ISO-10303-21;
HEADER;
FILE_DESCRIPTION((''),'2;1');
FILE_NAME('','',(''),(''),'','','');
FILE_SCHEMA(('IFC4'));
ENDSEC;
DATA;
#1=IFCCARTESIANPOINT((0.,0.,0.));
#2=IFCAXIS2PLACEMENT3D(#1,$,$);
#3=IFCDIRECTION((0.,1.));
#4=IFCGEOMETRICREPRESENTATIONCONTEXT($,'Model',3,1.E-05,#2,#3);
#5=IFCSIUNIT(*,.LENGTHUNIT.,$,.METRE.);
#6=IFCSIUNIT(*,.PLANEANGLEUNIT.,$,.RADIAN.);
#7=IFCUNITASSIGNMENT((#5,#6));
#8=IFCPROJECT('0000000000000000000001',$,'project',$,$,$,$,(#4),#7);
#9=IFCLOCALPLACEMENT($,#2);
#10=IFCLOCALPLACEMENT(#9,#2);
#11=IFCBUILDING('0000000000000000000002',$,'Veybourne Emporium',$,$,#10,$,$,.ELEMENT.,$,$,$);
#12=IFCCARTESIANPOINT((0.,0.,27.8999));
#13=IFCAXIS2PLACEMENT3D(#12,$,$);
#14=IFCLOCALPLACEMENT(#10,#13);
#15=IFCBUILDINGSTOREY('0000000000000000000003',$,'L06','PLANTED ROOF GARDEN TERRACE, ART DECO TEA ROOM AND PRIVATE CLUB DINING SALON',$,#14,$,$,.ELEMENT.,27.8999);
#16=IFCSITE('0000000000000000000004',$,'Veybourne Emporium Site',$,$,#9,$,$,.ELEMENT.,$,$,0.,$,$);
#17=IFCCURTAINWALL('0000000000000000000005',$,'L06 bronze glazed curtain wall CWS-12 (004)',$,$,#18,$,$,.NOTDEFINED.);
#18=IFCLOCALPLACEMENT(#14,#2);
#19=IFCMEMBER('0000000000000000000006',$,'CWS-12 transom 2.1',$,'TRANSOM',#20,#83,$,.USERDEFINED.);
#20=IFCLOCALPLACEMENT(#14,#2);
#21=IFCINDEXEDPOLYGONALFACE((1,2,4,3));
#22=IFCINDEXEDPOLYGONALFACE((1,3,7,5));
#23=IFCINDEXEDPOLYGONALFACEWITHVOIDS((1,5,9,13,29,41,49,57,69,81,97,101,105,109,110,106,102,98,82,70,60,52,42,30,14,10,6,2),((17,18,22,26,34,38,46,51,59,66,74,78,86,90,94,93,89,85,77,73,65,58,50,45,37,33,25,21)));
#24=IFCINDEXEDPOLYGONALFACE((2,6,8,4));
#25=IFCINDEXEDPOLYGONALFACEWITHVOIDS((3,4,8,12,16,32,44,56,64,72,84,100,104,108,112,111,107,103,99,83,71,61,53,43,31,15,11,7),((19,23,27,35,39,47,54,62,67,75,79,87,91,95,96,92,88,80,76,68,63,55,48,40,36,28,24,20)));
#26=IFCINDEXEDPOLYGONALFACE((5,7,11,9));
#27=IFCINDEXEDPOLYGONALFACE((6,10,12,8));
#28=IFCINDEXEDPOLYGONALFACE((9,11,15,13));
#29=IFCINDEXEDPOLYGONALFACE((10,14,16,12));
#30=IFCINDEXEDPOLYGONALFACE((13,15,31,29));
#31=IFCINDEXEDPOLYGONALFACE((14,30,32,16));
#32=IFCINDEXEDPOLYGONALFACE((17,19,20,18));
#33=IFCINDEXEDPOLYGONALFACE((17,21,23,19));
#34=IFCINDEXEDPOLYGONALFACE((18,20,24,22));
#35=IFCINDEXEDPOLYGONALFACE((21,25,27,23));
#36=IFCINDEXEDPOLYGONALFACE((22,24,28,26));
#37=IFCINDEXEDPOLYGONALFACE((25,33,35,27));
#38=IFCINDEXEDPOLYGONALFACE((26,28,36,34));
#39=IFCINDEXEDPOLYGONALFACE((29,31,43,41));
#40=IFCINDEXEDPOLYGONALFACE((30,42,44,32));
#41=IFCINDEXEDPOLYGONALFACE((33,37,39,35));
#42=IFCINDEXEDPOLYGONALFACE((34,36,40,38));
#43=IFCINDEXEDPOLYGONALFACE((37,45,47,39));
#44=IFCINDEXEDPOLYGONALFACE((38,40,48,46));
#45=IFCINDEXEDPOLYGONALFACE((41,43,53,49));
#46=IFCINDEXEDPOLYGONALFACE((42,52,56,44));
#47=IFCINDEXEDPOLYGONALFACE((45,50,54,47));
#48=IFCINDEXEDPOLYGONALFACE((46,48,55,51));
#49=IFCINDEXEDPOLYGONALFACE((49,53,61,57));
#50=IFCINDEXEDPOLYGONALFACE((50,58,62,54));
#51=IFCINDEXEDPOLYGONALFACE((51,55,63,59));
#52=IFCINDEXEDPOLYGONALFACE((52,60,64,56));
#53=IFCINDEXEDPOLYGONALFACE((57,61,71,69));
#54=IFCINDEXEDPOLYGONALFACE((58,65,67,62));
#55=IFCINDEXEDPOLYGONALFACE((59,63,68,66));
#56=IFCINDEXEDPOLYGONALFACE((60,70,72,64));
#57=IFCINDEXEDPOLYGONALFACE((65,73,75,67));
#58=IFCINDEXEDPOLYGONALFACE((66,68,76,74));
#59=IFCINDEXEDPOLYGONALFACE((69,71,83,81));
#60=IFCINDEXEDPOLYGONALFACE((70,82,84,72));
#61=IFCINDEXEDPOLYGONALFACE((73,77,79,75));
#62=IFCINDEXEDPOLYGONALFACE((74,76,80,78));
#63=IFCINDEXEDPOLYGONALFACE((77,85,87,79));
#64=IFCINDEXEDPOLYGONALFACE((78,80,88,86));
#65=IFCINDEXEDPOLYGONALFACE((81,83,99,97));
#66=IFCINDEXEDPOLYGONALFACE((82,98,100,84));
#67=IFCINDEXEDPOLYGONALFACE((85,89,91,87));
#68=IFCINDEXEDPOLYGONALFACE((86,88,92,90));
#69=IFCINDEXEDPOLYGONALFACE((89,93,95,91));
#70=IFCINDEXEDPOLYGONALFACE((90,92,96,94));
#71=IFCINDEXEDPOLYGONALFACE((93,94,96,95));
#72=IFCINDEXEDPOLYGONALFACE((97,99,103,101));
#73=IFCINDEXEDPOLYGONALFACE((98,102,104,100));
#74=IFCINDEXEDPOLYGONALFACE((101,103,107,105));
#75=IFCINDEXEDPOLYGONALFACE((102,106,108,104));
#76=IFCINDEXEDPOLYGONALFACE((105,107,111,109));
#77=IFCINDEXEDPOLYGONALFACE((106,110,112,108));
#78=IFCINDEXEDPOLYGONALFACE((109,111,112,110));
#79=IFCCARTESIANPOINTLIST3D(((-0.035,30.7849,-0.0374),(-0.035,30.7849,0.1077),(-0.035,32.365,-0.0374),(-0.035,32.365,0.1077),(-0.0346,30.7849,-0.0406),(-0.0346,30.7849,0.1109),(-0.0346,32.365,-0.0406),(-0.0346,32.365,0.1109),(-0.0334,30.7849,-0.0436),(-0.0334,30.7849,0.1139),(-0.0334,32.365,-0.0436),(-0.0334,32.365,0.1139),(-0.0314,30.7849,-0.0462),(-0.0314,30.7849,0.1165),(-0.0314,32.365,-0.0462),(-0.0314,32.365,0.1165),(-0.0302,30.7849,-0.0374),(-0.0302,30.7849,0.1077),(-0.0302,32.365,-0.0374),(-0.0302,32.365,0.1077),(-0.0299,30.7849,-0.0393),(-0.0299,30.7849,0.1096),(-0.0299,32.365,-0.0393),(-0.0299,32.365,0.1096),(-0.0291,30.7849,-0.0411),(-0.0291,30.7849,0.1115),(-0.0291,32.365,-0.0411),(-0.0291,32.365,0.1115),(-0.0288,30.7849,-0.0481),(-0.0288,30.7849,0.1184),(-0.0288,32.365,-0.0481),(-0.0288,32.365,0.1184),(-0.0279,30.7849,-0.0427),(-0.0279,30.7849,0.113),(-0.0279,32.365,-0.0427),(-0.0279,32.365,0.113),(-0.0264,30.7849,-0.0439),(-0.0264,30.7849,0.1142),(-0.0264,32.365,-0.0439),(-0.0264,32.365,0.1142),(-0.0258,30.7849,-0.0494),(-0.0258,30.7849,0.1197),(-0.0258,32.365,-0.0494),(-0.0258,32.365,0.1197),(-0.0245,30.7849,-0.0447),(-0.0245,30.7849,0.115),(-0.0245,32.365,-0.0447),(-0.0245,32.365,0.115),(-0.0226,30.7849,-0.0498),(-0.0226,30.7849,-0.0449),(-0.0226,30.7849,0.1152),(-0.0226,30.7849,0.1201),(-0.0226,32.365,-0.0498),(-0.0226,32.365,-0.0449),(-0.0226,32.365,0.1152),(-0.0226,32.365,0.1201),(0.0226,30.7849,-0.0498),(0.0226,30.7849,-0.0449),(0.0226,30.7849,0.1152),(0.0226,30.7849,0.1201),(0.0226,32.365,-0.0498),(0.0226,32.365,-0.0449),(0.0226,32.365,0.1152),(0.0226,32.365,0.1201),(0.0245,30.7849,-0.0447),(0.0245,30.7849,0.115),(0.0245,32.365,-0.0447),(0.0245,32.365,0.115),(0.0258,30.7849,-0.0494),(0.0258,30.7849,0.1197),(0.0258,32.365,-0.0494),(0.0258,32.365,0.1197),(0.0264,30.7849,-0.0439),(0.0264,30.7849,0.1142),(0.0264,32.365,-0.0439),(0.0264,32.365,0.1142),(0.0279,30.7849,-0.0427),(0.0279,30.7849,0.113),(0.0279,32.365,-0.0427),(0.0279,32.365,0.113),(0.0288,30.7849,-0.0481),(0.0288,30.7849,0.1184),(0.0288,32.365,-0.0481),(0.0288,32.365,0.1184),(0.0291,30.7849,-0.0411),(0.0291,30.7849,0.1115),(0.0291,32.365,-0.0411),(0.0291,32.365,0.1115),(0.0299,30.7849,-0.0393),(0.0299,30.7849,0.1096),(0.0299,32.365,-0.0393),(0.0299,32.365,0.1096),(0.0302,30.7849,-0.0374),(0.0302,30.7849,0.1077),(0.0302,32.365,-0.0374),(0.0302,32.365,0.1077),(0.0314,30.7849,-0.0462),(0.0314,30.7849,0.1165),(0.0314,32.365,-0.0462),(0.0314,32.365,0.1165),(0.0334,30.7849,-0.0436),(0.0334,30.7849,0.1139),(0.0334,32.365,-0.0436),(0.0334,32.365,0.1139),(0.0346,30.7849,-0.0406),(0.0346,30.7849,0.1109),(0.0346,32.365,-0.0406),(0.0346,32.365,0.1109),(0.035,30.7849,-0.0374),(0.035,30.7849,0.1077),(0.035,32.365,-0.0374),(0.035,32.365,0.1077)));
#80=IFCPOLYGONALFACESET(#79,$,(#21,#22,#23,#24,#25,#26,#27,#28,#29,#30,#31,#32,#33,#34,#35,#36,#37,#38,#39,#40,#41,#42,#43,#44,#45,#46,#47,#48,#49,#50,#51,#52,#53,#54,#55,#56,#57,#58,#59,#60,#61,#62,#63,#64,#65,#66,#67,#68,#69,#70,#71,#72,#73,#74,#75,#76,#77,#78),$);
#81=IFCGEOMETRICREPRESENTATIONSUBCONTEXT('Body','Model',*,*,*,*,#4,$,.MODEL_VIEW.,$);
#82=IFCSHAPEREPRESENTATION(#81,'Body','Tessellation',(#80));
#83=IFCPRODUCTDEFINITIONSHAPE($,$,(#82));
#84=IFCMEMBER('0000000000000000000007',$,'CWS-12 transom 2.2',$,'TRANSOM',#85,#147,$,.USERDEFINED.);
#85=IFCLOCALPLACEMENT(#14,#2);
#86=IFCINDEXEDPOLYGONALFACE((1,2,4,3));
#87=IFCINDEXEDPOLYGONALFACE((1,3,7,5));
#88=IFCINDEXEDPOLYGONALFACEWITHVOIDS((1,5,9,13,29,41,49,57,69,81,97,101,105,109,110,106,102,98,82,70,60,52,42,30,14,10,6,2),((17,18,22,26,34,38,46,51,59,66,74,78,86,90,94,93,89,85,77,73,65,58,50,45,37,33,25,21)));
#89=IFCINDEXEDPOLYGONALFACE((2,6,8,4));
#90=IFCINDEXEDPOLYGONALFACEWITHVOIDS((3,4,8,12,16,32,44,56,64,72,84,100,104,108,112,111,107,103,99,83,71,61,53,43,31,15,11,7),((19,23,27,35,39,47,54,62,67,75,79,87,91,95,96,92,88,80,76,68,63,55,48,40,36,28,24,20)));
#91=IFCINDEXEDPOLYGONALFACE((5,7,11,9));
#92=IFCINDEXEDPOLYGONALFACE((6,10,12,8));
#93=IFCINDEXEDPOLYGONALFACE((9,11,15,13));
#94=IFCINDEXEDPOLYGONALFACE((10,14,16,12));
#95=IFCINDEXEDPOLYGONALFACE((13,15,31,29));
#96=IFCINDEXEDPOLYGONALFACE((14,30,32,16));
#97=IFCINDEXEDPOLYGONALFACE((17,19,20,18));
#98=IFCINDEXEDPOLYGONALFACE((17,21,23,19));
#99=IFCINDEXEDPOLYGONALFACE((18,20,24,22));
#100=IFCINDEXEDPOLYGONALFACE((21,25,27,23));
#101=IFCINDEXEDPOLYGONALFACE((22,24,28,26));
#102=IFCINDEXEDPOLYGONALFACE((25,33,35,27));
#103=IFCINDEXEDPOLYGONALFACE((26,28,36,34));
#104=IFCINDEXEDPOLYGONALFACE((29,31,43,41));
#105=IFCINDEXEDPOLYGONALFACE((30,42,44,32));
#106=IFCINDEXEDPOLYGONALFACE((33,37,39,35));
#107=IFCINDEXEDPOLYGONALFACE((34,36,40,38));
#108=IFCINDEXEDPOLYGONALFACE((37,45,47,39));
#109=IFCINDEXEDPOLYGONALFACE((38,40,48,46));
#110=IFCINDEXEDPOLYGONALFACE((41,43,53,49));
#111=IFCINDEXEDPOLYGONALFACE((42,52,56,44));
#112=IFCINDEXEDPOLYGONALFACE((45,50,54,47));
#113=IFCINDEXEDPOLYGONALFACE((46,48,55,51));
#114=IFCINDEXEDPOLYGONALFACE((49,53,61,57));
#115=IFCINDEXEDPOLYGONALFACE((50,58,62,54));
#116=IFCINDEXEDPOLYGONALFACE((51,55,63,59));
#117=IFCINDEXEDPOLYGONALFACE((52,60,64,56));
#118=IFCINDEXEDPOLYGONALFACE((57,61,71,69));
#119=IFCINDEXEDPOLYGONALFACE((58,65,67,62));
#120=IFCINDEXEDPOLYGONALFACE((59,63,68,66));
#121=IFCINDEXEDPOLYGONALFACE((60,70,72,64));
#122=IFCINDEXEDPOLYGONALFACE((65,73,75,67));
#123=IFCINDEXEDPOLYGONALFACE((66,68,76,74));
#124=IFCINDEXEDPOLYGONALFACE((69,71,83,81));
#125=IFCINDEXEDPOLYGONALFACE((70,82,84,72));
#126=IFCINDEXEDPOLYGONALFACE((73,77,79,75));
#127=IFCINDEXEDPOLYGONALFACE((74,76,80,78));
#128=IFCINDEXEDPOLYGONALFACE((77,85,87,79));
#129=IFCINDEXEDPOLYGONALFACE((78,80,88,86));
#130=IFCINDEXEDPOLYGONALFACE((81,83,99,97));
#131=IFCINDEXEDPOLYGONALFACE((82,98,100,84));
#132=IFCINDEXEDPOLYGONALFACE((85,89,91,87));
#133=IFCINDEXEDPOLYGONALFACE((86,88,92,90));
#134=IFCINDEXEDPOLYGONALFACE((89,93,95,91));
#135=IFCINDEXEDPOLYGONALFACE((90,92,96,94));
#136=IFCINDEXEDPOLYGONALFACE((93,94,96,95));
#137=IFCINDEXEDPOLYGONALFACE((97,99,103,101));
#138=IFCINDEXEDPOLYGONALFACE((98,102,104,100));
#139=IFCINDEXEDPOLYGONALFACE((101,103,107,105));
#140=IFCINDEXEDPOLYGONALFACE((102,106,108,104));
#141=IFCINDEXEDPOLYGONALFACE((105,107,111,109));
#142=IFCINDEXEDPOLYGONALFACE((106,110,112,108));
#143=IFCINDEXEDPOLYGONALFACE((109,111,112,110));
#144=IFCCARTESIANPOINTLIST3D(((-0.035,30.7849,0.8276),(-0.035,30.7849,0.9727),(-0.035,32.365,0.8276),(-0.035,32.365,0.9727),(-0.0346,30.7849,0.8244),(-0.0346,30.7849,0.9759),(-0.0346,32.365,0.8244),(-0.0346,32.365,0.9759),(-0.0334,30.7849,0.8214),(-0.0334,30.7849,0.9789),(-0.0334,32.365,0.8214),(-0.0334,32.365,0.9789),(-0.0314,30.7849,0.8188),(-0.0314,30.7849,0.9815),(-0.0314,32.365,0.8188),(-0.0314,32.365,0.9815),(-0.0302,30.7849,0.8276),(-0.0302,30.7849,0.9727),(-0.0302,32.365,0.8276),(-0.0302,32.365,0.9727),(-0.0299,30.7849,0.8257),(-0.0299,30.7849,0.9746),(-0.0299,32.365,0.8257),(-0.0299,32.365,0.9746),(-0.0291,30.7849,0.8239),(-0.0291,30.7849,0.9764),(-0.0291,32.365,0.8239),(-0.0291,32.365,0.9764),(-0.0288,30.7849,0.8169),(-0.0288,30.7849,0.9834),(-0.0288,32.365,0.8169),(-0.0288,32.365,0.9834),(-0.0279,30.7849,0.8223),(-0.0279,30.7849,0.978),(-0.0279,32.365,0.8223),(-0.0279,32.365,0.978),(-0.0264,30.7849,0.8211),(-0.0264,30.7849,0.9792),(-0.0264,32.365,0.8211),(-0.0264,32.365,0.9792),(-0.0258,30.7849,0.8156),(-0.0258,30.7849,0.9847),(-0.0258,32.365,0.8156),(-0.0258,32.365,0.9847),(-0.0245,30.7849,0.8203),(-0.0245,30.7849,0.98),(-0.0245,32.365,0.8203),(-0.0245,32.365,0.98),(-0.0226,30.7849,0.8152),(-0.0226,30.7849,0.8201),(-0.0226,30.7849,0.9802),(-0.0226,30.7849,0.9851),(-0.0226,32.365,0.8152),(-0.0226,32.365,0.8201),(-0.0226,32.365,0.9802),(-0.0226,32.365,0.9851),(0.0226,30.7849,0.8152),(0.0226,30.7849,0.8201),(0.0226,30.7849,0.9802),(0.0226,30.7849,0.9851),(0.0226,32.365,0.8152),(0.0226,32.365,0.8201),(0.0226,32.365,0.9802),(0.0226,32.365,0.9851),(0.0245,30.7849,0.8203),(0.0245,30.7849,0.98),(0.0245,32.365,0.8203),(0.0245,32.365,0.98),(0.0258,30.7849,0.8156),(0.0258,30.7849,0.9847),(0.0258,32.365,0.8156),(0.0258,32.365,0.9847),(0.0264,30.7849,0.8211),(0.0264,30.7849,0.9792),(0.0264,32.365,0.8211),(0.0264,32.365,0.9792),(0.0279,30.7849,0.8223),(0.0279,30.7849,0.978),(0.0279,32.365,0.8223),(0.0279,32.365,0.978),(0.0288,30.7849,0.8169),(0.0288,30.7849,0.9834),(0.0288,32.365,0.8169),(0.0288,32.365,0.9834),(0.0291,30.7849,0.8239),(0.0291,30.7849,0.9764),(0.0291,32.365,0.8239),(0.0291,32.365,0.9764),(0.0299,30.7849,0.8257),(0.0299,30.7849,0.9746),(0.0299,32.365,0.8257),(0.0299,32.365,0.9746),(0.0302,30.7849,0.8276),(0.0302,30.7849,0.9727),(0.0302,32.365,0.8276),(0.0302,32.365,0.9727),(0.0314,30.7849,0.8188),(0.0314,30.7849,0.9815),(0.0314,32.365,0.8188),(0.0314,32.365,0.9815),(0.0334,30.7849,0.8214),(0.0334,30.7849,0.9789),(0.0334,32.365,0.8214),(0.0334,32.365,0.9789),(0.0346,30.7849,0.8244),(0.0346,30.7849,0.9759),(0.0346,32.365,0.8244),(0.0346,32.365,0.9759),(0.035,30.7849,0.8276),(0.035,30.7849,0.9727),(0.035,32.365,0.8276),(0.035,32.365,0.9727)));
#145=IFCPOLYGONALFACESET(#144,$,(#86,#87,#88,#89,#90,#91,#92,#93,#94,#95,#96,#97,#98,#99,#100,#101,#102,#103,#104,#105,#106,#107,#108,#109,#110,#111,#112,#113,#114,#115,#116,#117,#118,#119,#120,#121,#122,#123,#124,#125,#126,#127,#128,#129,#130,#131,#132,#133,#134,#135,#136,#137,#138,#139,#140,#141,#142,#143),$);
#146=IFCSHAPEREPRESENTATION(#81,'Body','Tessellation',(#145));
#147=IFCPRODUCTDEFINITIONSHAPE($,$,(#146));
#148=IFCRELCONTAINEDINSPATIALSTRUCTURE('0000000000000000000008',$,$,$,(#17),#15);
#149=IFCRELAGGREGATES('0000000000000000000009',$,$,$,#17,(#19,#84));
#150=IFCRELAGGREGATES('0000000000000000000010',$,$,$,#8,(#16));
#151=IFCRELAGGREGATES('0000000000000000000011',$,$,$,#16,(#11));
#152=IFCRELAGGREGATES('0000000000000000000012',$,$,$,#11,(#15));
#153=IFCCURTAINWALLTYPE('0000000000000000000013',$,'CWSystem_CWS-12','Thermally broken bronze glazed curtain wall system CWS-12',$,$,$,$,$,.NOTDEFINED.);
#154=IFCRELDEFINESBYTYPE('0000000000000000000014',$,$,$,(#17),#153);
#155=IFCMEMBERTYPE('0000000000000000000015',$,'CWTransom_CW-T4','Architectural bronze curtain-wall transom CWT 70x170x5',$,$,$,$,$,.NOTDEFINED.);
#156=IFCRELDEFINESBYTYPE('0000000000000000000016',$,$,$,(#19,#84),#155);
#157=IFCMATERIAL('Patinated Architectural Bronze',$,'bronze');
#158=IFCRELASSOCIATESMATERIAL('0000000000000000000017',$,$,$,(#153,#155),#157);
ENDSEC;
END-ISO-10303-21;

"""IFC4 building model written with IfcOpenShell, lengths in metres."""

from ifc_helpers import new_model, si_unit, direction, frame, origin, origin_2d, place, context, subcontext, project, spatial, hollow_rectangle, extrude, material, material_profile, profile_set, type_object, element, aggregate, save


model = new_model("IFC4")

# Units and contexts
model_context = context("Model", 3, precision=1e-05, world=origin(), true_north=direction((0.0, 1.0)))
body_context = subcontext(model_context, "Body", "Model", "MODEL_VIEW")
ifc_project = project(units=[si_unit("LENGTHUNIT", "METRE"), si_unit("PLANEANGLEUNIT", "RADIAN")], contexts=[model_context])

# Site, building, storey
site_placement = place(None, origin())
site = spatial("IfcSite", under=ifc_project, at=site_placement, Name="Veybourne Emporium Site", CompositionType="ELEMENT", RefElevation=0.0)
building_placement = place(site_placement, origin())
building = spatial("IfcBuilding", under=site, at=building_placement, Name="Veybourne Emporium", CompositionType="ELEMENT")
storey_placement = place(building_placement, frame((0.0, 0.0, 27.8999)))
storey = spatial("IfcBuildingStorey", under=building, at=storey_placement, Name="L06", Description="PLANTED ROOF GARDEN TERRACE, ART DECO TEA ROOM AND PRIVATE CLUB DINING SALON", CompositionType="ELEMENT", Elevation=27.8999)

# Curtain wall, members
ifc_material_1 = material(Name="Patinated Architectural Bronze", Category="bronze")
curtain_wall_type = type_object("IfcCurtainWallType", Name="CWSystem_CWS-12", Description="Thermally broken bronze glazed curtain wall system CWS-12", PredefinedType="NOTDEFINED", material=ifc_material_1)
curtain_wall_placement = place(storey_placement, origin())
curtain_wall = element("IfcCurtainWall", 1, at=curtain_wall_placement, inside=storey, type_object=curtain_wall_type, Name="L06 bronze glazed curtain wall CWS-12 (004)", PredefinedType="NOTDEFINED")
ifc_material_profile_1 = material_profile(ifc_material_1, hollow_rectangle(XDim=0.0701, YDim=0.1699, WallThickness=0.0049, InnerFilletRadius=0.0076, OuterFilletRadius=0.0125, at=origin_2d()), Name="CWT 70x170x5")
ifc_profile_set_1 = profile_set([ifc_material_profile_1], Name="Patinated Architectural Bronze")
member_type_1 = type_object("IfcMemberType", Name="CWTransom_CW-T4", Description="Architectural bronze curtain-wall transom CWT 70x170x5", PredefinedType="NOTDEFINED", material=ifc_profile_set_1)
member_1_placement = place(storey_placement, frame((0.0, 30.7849, 0.0352), z_axis=(0.0, 1.0, 0.0), x_axis=(-1.0, 0.0, 0.0)))
member_1 = element("IfcMember", 2, at=member_1_placement, type_object=member_type_1, Name="CWS-12 transom 2.1", ObjectType="TRANSOM", PredefinedType="USERDEFINED", context=body_context, shape_type="SweptSolid", body=[
    extrude(hollow_rectangle(XDim=0.0701, YDim=0.1699, WallThickness=0.0049, InnerFilletRadius=0.0076, OuterFilletRadius=0.0125, at=origin_2d()), origin(), (0.0, 0.0, 1.0), 1.5801),
])
member_2_placement = place(storey_placement, frame((0.0, 30.7849, 0.9001), z_axis=(0.0, 1.0, 0.0), x_axis=(-1.0, 0.0, 0.0)))
member_2 = element("IfcMember", 3, at=member_2_placement, type_object=member_type_1, Name="CWS-12 transom 2.2", ObjectType="TRANSOM", PredefinedType="USERDEFINED", context=body_context, shape_type="SweptSolid", body=[
    extrude(hollow_rectangle(XDim=0.0701, YDim=0.1699, WallThickness=0.0049, InnerFilletRadius=0.0076, OuterFilletRadius=0.0125, at=origin_2d()), origin(), (0.0, 0.0, 1.0), 1.5801),
])

aggregate(curtain_wall, [member_1, member_2])

save(model, "model.ifc")
